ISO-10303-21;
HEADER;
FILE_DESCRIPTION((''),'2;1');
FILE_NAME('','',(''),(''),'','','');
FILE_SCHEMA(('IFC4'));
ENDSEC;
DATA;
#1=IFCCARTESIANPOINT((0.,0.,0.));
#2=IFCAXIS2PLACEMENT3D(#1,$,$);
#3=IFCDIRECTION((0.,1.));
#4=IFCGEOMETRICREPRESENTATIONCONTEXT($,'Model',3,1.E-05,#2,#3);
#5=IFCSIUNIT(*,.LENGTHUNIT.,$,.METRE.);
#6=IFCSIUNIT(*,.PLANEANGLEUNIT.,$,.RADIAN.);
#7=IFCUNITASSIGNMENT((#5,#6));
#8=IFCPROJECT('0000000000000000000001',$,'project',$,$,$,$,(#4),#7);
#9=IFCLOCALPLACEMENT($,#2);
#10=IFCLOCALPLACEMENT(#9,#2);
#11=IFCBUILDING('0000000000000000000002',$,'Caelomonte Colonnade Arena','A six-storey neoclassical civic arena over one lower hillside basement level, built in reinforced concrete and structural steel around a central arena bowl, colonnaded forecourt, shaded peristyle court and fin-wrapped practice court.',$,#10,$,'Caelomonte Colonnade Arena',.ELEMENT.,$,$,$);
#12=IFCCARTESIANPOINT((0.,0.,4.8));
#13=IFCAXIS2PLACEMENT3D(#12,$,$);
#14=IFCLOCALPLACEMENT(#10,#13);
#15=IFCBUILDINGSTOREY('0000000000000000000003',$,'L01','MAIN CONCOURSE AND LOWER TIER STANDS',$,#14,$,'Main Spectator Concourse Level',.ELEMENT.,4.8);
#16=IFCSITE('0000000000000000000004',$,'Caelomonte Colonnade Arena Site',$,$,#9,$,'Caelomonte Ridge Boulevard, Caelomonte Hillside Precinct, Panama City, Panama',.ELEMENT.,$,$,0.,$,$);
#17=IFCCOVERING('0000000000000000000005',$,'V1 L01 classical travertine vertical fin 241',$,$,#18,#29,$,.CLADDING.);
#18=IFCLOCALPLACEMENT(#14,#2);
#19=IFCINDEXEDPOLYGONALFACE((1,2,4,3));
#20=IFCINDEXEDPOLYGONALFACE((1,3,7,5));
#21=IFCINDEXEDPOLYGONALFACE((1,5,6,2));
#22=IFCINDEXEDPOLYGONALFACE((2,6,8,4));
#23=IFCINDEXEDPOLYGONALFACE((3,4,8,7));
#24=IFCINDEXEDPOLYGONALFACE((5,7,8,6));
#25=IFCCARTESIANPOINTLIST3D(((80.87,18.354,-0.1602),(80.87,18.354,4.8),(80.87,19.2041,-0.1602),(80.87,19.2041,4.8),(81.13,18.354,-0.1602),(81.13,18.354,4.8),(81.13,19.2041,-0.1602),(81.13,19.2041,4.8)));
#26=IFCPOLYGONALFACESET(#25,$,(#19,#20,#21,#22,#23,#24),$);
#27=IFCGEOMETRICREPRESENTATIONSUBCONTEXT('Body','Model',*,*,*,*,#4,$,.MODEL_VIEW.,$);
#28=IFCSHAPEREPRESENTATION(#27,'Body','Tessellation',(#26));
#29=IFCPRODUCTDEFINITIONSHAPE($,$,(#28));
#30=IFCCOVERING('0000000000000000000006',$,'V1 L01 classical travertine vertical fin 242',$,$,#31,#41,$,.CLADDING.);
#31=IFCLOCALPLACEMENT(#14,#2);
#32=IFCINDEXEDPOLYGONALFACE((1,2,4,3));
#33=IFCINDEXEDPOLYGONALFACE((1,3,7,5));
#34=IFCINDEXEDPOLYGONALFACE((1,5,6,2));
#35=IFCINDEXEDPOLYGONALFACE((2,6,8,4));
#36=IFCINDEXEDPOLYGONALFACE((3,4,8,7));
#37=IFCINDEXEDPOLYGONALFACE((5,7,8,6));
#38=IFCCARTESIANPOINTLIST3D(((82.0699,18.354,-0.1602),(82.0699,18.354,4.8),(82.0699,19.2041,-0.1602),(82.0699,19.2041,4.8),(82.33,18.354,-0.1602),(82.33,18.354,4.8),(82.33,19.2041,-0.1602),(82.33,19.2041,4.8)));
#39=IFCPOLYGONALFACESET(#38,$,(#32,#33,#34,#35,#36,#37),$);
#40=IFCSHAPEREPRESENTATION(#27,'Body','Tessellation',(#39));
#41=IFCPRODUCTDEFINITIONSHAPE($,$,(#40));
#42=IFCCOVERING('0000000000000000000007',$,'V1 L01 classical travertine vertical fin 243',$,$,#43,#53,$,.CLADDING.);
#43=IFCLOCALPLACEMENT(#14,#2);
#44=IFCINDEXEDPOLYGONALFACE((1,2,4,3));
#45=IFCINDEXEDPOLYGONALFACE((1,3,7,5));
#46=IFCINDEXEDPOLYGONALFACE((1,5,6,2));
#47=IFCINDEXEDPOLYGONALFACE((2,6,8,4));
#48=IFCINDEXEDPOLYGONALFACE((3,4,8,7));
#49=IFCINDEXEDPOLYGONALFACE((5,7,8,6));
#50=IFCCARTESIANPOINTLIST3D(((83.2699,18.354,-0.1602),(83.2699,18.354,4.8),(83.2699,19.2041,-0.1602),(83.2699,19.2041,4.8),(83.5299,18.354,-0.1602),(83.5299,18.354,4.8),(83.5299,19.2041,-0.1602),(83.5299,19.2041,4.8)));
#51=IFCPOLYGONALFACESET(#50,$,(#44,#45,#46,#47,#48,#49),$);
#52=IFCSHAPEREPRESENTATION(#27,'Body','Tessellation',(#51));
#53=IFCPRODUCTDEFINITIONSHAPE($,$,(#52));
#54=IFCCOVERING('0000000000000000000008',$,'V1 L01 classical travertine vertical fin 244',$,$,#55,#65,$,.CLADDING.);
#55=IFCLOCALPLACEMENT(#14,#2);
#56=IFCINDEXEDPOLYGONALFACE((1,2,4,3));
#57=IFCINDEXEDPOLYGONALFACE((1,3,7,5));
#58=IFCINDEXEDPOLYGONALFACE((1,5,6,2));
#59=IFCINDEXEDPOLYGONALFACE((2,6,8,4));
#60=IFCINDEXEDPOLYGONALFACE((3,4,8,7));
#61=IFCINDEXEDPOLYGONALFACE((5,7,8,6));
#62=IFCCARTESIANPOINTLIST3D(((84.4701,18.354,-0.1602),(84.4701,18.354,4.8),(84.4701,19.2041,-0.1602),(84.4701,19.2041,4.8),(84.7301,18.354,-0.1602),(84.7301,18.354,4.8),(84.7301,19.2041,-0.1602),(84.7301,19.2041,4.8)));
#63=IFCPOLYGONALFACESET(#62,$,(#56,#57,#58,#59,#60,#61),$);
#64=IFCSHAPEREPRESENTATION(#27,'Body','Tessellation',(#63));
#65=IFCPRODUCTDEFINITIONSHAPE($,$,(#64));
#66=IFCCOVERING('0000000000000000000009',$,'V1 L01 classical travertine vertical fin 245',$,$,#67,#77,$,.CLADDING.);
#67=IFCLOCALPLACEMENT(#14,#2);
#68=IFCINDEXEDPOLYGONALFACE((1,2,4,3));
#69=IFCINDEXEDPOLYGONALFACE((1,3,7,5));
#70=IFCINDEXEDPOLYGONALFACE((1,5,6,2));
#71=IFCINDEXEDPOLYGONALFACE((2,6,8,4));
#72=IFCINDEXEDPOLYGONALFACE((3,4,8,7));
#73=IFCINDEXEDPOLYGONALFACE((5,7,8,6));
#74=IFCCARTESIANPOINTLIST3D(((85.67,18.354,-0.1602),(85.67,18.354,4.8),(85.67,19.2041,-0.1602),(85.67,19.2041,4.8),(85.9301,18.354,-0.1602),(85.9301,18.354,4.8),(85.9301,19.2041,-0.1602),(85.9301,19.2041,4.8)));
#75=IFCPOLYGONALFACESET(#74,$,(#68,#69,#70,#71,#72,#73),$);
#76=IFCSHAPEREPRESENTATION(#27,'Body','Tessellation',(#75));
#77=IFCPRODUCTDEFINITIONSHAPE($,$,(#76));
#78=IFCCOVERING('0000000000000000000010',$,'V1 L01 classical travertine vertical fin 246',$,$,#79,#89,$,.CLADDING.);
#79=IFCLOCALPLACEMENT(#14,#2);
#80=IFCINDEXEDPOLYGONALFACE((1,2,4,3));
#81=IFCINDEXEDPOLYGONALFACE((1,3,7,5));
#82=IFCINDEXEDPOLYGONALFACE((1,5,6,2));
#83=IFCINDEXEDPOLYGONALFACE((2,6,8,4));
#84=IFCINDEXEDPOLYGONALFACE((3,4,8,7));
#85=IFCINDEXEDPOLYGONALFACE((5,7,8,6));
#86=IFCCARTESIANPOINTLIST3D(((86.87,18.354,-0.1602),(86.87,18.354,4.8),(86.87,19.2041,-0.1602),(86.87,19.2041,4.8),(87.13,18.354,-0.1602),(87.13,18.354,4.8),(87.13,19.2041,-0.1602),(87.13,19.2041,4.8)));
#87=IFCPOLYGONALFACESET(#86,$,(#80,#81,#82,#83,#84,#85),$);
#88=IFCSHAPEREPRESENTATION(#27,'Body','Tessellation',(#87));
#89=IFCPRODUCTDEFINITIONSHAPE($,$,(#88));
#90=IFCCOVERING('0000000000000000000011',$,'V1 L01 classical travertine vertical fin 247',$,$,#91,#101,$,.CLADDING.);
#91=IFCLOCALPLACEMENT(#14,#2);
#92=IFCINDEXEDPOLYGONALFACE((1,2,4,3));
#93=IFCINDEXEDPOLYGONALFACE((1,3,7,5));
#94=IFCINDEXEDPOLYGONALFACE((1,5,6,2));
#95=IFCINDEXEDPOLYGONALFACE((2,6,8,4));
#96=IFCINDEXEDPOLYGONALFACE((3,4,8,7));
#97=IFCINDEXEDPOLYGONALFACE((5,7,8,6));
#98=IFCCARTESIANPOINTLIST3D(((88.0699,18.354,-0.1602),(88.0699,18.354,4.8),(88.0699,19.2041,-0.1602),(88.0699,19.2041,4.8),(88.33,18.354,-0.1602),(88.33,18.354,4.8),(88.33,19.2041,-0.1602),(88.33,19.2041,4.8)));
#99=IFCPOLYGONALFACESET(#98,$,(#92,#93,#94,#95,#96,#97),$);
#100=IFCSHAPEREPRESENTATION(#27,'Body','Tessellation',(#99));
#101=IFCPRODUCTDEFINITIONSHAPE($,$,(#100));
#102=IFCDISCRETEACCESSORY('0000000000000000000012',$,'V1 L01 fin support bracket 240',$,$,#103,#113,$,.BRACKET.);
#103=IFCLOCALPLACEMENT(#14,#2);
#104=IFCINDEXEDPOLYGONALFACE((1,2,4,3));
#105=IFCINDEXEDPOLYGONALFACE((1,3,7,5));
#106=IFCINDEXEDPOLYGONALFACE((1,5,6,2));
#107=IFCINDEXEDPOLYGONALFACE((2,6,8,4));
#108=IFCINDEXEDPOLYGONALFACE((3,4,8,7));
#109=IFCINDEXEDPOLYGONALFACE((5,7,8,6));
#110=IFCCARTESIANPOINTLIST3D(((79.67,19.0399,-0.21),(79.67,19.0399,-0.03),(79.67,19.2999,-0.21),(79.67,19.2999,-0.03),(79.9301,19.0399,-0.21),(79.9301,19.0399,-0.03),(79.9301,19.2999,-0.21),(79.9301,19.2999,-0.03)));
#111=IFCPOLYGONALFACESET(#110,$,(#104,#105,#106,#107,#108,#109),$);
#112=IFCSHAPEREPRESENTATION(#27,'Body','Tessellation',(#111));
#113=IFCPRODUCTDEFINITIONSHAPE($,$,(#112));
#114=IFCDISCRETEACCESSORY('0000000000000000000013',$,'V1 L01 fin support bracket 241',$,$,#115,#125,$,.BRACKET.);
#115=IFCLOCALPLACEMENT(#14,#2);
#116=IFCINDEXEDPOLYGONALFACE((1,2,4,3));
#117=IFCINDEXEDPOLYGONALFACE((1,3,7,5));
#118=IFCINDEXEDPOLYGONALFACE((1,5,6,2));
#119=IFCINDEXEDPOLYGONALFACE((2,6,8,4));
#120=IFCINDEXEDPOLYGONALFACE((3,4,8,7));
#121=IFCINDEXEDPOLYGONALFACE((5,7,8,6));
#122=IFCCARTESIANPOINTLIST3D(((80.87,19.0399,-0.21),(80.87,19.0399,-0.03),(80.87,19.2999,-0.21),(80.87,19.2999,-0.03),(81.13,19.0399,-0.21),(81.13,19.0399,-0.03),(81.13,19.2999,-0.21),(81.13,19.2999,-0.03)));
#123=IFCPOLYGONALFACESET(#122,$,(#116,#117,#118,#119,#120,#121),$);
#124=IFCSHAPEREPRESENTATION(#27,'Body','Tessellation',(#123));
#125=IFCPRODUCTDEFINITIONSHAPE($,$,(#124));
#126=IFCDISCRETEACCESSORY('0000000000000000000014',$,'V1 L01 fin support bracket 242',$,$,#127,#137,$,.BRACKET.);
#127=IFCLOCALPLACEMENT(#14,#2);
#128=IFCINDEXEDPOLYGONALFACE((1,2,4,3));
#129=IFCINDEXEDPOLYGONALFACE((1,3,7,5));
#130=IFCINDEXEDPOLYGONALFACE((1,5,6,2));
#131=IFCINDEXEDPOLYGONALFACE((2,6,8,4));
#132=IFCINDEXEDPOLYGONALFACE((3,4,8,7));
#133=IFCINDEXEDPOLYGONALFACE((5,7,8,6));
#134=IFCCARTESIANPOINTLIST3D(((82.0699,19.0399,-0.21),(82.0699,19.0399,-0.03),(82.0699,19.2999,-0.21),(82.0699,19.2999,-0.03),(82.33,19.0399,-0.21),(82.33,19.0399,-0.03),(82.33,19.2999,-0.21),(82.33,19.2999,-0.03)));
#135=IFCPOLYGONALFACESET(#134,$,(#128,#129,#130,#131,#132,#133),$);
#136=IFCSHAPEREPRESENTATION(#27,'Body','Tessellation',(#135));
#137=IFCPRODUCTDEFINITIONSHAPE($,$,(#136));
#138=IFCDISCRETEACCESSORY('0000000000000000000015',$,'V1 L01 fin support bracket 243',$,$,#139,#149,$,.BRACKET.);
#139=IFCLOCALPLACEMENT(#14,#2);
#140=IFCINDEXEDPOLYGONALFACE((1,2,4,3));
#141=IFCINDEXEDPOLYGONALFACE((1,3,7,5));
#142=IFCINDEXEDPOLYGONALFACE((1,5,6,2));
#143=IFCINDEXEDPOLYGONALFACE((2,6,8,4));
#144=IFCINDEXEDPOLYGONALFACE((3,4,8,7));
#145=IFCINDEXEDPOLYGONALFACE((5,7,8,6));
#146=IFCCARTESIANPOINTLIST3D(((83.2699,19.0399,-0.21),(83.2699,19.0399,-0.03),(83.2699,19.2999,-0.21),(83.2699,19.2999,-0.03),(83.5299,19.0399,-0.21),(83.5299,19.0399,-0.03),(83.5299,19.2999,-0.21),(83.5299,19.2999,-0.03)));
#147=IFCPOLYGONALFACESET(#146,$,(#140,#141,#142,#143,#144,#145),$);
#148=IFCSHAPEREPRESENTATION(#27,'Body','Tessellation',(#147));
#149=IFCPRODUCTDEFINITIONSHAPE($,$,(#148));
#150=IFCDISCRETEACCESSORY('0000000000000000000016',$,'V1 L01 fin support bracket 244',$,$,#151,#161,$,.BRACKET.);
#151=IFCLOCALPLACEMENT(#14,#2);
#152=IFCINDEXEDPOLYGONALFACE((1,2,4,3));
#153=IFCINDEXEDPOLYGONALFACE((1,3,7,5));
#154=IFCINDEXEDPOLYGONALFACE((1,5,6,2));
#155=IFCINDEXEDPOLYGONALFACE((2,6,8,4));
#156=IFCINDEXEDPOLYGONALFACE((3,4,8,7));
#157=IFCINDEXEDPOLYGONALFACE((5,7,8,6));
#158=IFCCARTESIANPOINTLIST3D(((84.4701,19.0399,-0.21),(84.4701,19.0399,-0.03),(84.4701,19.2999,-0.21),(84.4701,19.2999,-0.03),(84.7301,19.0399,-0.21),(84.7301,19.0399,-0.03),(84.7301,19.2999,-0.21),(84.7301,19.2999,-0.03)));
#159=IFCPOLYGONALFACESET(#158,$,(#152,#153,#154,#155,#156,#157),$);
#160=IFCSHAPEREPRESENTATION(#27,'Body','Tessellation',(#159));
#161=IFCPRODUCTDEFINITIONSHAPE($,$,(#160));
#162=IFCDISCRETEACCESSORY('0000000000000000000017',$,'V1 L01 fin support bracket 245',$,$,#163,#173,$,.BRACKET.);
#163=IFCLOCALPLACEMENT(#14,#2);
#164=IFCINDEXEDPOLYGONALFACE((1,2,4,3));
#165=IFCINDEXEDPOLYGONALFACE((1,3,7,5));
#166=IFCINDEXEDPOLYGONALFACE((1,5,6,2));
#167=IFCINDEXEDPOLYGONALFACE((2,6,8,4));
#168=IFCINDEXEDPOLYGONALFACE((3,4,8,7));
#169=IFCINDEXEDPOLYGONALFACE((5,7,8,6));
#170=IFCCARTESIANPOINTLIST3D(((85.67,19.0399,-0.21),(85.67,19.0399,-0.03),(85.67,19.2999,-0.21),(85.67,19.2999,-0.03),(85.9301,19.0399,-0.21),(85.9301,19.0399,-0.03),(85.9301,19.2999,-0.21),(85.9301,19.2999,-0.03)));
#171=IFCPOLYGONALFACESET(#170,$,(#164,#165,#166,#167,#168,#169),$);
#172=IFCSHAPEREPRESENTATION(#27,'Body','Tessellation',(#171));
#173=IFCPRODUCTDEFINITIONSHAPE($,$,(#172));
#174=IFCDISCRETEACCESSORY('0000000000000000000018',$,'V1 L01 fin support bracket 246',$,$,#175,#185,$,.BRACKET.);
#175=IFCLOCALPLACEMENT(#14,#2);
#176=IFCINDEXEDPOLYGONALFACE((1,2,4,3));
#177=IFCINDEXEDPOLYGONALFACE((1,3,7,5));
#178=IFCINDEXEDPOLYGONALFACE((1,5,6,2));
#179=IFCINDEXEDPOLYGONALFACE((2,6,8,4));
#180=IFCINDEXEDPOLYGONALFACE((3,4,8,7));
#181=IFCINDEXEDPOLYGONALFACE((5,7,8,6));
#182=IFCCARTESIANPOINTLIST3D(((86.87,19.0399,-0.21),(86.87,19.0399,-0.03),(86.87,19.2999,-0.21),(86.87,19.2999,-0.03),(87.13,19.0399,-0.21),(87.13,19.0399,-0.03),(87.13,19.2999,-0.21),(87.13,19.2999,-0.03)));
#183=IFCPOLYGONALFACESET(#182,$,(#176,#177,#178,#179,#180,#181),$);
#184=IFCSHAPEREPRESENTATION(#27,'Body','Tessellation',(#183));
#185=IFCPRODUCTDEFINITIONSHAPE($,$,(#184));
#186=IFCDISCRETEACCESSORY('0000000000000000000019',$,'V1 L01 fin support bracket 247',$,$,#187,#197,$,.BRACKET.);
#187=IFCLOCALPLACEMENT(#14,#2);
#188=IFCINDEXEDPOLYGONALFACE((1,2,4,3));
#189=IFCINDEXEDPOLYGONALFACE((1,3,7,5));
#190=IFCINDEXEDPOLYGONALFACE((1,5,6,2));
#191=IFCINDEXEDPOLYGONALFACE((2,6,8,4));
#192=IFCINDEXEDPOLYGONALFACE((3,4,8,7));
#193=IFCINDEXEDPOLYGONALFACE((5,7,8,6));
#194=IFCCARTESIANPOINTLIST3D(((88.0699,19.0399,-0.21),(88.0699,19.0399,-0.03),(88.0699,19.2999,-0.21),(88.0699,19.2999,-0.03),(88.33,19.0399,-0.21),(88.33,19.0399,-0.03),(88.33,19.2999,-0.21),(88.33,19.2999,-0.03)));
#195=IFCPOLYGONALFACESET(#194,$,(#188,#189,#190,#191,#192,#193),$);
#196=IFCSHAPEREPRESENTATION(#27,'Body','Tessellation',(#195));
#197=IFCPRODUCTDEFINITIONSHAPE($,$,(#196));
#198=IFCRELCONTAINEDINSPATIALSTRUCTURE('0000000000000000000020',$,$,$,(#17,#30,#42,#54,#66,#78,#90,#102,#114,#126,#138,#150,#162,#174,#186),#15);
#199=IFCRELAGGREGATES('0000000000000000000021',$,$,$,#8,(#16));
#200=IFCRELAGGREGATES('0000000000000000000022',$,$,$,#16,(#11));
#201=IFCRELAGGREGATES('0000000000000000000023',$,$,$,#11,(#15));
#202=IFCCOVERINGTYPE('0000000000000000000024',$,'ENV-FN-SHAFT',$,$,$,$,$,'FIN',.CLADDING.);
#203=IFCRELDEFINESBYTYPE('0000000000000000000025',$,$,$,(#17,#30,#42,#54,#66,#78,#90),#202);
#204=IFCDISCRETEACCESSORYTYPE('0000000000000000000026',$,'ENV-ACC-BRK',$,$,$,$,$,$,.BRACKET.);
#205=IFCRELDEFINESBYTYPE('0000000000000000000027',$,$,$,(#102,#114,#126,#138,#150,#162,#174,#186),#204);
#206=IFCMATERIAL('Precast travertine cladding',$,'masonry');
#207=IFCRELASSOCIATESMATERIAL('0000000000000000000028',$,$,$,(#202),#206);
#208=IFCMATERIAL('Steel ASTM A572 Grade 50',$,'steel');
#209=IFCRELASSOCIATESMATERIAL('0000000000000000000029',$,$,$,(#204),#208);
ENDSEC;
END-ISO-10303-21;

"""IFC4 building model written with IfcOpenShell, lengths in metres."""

from ifc_helpers import new_model, si_unit, direction, frame, origin, origin_2d, place, context, subcontext, project, spatial, rectangle, extrude, material, material_profile, profile_set, type_object, element, save


model = new_model("IFC4")

# Units and contexts
model_context = context("Model", 3, precision=1e-05, world=origin(), true_north=direction((0.0, 1.0)))
body_context = subcontext(model_context, "Body", "Model", "MODEL_VIEW")
ifc_project = project(units=[si_unit("LENGTHUNIT", "METRE"), si_unit("PLANEANGLEUNIT", "RADIAN")], contexts=[model_context])

# Site, building, storey
site_placement = place(None, origin())
site = spatial("IfcSite", under=ifc_project, at=site_placement, Name="Caelomonte Colonnade Arena Site", LongName="Caelomonte Ridge Boulevard, Caelomonte Hillside Precinct, Panama City, Panama", CompositionType="ELEMENT", RefElevation=0.0)
building_placement = place(site_placement, origin())
building = spatial("IfcBuilding", under=site, at=building_placement, Name="Caelomonte Colonnade Arena", Description="A six-storey neoclassical civic arena over one lower hillside basement level, built in reinforced concrete and structural steel around a central arena bowl, colonnaded forecourt, shaded peristyle court and fin-wrapped practice court.", LongName="Caelomonte Colonnade Arena", CompositionType="ELEMENT")
storey_placement = place(building_placement, frame((0.0, 0.0, 4.8)))
storey = spatial("IfcBuildingStorey", under=building, at=storey_placement, Name="L01", Description="MAIN CONCOURSE AND LOWER TIER STANDS", LongName="Main Spectator Concourse Level", CompositionType="ELEMENT", Elevation=4.8)

# Coverings
ifc_material_1 = material(Name="Precast travertine cladding", Category="masonry")
ifc_material_profile_1 = material_profile(ifc_material_1, rectangle(XDim=0.26, YDim=0.8501, at=origin_2d()), Name="FIN260X850")
ifc_profile_set_1 = profile_set([ifc_material_profile_1], Name="Precast travertine cladding")
covering_type = type_object("IfcCoveringType", Name="ENV-FN-SHAFT", ElementType="FIN", PredefinedType="CLADDING", material=ifc_profile_set_1)
for number, where, z_axis, x_axis, name in (
    (1, (81.0, 18.7791, -0.1602), (0.0, 0.0, 1.0), (-1.0, 0.0, 0.0), "V1 L01 classical travertine vertical fin 241"),
    (2, (82.2, 18.7791, -0.1602), (0.0, 0.0, 1.0), (-1.0, 0.0, 0.0), "V1 L01 classical travertine vertical fin 242"),
    (3, (83.3999, 18.7791, -0.1602), (0.0, 0.0, 1.0), (-1.0, 0.0, 0.0), "V1 L01 classical travertine vertical fin 243"),
    (4, (84.6001, 18.7791, -0.1602), (0.0, 0.0, 1.0), (-1.0, 0.0, 0.0), "V1 L01 classical travertine vertical fin 244"),
    (5, (85.8, 18.7791, -0.1602), (0.0, 0.0, 1.0), (-1.0, 0.0, 0.0), "V1 L01 classical travertine vertical fin 245"),
    (6, (87.0, 18.7791, -0.1602), (0.0, 0.0, 1.0), (-1.0, 0.0, 0.0), "V1 L01 classical travertine vertical fin 246"),
    (7, (88.2, 18.7791, -0.1602), (0.0, 0.0, 1.0), (-1.0, 0.0, 0.0), "V1 L01 classical travertine vertical fin 247"),
):
    element("IfcCovering", number, at=place(storey_placement, frame(where, z_axis=z_axis, x_axis=x_axis)), inside=storey, type_object=covering_type, Name=name, PredefinedType="CLADDING", context=body_context, shape_type="SweptSolid", body=[
        extrude(rectangle(XDim=0.26, YDim=0.8501, at=origin_2d()), origin(), (0.0, 0.0, 1.0), 4.9602),
    ])

# Discrete accessories
ifc_material_2 = material(Name="Steel ASTM A572 Grade 50", Category="steel")
discrete_accessory_type = type_object("IfcDiscreteAccessoryType", Name="ENV-ACC-BRK", PredefinedType="BRACKET", material=ifc_material_2)
for number, where, z_axis, x_axis, name in (
    (8, (79.8, 19.1699, -0.21), (0.0, 0.0, 1.0), (1.0, 0.0, 0.0), "V1 L01 fin support bracket 240"),
    (9, (81.0, 19.1699, -0.21), (0.0, 0.0, 1.0), (1.0, 0.0, 0.0), "V1 L01 fin support bracket 241"),
    (10, (82.2, 19.1699, -0.21), (0.0, 0.0, 1.0), (1.0, 0.0, 0.0), "V1 L01 fin support bracket 242"),
    (11, (83.3999, 19.1699, -0.21), (0.0, 0.0, 1.0), (1.0, 0.0, 0.0), "V1 L01 fin support bracket 243"),
    (12, (84.6001, 19.1699, -0.21), (0.0, 0.0, 1.0), (1.0, 0.0, 0.0), "V1 L01 fin support bracket 244"),
    (13, (85.8, 19.1699, -0.21), (0.0, 0.0, 1.0), (1.0, 0.0, 0.0), "V1 L01 fin support bracket 245"),
    (14, (87.0, 19.1699, -0.21), (0.0, 0.0, 1.0), (1.0, 0.0, 0.0), "V1 L01 fin support bracket 246"),
    (15, (88.2, 19.1699, -0.21), (0.0, 0.0, 1.0), (1.0, 0.0, 0.0), "V1 L01 fin support bracket 247"),
):
    element("IfcDiscreteAccessory", number, at=place(storey_placement, frame(where, z_axis=z_axis, x_axis=x_axis)), inside=storey, type_object=discrete_accessory_type, Name=name, PredefinedType="BRACKET", context=body_context, shape_type="SweptSolid", body=[
        extrude(rectangle(XDim=0.26, YDim=0.26, at=origin_2d()), origin(), (0.0, 0.0, 1.0), 0.1799),
    ])

save(model, "model.ifc")
